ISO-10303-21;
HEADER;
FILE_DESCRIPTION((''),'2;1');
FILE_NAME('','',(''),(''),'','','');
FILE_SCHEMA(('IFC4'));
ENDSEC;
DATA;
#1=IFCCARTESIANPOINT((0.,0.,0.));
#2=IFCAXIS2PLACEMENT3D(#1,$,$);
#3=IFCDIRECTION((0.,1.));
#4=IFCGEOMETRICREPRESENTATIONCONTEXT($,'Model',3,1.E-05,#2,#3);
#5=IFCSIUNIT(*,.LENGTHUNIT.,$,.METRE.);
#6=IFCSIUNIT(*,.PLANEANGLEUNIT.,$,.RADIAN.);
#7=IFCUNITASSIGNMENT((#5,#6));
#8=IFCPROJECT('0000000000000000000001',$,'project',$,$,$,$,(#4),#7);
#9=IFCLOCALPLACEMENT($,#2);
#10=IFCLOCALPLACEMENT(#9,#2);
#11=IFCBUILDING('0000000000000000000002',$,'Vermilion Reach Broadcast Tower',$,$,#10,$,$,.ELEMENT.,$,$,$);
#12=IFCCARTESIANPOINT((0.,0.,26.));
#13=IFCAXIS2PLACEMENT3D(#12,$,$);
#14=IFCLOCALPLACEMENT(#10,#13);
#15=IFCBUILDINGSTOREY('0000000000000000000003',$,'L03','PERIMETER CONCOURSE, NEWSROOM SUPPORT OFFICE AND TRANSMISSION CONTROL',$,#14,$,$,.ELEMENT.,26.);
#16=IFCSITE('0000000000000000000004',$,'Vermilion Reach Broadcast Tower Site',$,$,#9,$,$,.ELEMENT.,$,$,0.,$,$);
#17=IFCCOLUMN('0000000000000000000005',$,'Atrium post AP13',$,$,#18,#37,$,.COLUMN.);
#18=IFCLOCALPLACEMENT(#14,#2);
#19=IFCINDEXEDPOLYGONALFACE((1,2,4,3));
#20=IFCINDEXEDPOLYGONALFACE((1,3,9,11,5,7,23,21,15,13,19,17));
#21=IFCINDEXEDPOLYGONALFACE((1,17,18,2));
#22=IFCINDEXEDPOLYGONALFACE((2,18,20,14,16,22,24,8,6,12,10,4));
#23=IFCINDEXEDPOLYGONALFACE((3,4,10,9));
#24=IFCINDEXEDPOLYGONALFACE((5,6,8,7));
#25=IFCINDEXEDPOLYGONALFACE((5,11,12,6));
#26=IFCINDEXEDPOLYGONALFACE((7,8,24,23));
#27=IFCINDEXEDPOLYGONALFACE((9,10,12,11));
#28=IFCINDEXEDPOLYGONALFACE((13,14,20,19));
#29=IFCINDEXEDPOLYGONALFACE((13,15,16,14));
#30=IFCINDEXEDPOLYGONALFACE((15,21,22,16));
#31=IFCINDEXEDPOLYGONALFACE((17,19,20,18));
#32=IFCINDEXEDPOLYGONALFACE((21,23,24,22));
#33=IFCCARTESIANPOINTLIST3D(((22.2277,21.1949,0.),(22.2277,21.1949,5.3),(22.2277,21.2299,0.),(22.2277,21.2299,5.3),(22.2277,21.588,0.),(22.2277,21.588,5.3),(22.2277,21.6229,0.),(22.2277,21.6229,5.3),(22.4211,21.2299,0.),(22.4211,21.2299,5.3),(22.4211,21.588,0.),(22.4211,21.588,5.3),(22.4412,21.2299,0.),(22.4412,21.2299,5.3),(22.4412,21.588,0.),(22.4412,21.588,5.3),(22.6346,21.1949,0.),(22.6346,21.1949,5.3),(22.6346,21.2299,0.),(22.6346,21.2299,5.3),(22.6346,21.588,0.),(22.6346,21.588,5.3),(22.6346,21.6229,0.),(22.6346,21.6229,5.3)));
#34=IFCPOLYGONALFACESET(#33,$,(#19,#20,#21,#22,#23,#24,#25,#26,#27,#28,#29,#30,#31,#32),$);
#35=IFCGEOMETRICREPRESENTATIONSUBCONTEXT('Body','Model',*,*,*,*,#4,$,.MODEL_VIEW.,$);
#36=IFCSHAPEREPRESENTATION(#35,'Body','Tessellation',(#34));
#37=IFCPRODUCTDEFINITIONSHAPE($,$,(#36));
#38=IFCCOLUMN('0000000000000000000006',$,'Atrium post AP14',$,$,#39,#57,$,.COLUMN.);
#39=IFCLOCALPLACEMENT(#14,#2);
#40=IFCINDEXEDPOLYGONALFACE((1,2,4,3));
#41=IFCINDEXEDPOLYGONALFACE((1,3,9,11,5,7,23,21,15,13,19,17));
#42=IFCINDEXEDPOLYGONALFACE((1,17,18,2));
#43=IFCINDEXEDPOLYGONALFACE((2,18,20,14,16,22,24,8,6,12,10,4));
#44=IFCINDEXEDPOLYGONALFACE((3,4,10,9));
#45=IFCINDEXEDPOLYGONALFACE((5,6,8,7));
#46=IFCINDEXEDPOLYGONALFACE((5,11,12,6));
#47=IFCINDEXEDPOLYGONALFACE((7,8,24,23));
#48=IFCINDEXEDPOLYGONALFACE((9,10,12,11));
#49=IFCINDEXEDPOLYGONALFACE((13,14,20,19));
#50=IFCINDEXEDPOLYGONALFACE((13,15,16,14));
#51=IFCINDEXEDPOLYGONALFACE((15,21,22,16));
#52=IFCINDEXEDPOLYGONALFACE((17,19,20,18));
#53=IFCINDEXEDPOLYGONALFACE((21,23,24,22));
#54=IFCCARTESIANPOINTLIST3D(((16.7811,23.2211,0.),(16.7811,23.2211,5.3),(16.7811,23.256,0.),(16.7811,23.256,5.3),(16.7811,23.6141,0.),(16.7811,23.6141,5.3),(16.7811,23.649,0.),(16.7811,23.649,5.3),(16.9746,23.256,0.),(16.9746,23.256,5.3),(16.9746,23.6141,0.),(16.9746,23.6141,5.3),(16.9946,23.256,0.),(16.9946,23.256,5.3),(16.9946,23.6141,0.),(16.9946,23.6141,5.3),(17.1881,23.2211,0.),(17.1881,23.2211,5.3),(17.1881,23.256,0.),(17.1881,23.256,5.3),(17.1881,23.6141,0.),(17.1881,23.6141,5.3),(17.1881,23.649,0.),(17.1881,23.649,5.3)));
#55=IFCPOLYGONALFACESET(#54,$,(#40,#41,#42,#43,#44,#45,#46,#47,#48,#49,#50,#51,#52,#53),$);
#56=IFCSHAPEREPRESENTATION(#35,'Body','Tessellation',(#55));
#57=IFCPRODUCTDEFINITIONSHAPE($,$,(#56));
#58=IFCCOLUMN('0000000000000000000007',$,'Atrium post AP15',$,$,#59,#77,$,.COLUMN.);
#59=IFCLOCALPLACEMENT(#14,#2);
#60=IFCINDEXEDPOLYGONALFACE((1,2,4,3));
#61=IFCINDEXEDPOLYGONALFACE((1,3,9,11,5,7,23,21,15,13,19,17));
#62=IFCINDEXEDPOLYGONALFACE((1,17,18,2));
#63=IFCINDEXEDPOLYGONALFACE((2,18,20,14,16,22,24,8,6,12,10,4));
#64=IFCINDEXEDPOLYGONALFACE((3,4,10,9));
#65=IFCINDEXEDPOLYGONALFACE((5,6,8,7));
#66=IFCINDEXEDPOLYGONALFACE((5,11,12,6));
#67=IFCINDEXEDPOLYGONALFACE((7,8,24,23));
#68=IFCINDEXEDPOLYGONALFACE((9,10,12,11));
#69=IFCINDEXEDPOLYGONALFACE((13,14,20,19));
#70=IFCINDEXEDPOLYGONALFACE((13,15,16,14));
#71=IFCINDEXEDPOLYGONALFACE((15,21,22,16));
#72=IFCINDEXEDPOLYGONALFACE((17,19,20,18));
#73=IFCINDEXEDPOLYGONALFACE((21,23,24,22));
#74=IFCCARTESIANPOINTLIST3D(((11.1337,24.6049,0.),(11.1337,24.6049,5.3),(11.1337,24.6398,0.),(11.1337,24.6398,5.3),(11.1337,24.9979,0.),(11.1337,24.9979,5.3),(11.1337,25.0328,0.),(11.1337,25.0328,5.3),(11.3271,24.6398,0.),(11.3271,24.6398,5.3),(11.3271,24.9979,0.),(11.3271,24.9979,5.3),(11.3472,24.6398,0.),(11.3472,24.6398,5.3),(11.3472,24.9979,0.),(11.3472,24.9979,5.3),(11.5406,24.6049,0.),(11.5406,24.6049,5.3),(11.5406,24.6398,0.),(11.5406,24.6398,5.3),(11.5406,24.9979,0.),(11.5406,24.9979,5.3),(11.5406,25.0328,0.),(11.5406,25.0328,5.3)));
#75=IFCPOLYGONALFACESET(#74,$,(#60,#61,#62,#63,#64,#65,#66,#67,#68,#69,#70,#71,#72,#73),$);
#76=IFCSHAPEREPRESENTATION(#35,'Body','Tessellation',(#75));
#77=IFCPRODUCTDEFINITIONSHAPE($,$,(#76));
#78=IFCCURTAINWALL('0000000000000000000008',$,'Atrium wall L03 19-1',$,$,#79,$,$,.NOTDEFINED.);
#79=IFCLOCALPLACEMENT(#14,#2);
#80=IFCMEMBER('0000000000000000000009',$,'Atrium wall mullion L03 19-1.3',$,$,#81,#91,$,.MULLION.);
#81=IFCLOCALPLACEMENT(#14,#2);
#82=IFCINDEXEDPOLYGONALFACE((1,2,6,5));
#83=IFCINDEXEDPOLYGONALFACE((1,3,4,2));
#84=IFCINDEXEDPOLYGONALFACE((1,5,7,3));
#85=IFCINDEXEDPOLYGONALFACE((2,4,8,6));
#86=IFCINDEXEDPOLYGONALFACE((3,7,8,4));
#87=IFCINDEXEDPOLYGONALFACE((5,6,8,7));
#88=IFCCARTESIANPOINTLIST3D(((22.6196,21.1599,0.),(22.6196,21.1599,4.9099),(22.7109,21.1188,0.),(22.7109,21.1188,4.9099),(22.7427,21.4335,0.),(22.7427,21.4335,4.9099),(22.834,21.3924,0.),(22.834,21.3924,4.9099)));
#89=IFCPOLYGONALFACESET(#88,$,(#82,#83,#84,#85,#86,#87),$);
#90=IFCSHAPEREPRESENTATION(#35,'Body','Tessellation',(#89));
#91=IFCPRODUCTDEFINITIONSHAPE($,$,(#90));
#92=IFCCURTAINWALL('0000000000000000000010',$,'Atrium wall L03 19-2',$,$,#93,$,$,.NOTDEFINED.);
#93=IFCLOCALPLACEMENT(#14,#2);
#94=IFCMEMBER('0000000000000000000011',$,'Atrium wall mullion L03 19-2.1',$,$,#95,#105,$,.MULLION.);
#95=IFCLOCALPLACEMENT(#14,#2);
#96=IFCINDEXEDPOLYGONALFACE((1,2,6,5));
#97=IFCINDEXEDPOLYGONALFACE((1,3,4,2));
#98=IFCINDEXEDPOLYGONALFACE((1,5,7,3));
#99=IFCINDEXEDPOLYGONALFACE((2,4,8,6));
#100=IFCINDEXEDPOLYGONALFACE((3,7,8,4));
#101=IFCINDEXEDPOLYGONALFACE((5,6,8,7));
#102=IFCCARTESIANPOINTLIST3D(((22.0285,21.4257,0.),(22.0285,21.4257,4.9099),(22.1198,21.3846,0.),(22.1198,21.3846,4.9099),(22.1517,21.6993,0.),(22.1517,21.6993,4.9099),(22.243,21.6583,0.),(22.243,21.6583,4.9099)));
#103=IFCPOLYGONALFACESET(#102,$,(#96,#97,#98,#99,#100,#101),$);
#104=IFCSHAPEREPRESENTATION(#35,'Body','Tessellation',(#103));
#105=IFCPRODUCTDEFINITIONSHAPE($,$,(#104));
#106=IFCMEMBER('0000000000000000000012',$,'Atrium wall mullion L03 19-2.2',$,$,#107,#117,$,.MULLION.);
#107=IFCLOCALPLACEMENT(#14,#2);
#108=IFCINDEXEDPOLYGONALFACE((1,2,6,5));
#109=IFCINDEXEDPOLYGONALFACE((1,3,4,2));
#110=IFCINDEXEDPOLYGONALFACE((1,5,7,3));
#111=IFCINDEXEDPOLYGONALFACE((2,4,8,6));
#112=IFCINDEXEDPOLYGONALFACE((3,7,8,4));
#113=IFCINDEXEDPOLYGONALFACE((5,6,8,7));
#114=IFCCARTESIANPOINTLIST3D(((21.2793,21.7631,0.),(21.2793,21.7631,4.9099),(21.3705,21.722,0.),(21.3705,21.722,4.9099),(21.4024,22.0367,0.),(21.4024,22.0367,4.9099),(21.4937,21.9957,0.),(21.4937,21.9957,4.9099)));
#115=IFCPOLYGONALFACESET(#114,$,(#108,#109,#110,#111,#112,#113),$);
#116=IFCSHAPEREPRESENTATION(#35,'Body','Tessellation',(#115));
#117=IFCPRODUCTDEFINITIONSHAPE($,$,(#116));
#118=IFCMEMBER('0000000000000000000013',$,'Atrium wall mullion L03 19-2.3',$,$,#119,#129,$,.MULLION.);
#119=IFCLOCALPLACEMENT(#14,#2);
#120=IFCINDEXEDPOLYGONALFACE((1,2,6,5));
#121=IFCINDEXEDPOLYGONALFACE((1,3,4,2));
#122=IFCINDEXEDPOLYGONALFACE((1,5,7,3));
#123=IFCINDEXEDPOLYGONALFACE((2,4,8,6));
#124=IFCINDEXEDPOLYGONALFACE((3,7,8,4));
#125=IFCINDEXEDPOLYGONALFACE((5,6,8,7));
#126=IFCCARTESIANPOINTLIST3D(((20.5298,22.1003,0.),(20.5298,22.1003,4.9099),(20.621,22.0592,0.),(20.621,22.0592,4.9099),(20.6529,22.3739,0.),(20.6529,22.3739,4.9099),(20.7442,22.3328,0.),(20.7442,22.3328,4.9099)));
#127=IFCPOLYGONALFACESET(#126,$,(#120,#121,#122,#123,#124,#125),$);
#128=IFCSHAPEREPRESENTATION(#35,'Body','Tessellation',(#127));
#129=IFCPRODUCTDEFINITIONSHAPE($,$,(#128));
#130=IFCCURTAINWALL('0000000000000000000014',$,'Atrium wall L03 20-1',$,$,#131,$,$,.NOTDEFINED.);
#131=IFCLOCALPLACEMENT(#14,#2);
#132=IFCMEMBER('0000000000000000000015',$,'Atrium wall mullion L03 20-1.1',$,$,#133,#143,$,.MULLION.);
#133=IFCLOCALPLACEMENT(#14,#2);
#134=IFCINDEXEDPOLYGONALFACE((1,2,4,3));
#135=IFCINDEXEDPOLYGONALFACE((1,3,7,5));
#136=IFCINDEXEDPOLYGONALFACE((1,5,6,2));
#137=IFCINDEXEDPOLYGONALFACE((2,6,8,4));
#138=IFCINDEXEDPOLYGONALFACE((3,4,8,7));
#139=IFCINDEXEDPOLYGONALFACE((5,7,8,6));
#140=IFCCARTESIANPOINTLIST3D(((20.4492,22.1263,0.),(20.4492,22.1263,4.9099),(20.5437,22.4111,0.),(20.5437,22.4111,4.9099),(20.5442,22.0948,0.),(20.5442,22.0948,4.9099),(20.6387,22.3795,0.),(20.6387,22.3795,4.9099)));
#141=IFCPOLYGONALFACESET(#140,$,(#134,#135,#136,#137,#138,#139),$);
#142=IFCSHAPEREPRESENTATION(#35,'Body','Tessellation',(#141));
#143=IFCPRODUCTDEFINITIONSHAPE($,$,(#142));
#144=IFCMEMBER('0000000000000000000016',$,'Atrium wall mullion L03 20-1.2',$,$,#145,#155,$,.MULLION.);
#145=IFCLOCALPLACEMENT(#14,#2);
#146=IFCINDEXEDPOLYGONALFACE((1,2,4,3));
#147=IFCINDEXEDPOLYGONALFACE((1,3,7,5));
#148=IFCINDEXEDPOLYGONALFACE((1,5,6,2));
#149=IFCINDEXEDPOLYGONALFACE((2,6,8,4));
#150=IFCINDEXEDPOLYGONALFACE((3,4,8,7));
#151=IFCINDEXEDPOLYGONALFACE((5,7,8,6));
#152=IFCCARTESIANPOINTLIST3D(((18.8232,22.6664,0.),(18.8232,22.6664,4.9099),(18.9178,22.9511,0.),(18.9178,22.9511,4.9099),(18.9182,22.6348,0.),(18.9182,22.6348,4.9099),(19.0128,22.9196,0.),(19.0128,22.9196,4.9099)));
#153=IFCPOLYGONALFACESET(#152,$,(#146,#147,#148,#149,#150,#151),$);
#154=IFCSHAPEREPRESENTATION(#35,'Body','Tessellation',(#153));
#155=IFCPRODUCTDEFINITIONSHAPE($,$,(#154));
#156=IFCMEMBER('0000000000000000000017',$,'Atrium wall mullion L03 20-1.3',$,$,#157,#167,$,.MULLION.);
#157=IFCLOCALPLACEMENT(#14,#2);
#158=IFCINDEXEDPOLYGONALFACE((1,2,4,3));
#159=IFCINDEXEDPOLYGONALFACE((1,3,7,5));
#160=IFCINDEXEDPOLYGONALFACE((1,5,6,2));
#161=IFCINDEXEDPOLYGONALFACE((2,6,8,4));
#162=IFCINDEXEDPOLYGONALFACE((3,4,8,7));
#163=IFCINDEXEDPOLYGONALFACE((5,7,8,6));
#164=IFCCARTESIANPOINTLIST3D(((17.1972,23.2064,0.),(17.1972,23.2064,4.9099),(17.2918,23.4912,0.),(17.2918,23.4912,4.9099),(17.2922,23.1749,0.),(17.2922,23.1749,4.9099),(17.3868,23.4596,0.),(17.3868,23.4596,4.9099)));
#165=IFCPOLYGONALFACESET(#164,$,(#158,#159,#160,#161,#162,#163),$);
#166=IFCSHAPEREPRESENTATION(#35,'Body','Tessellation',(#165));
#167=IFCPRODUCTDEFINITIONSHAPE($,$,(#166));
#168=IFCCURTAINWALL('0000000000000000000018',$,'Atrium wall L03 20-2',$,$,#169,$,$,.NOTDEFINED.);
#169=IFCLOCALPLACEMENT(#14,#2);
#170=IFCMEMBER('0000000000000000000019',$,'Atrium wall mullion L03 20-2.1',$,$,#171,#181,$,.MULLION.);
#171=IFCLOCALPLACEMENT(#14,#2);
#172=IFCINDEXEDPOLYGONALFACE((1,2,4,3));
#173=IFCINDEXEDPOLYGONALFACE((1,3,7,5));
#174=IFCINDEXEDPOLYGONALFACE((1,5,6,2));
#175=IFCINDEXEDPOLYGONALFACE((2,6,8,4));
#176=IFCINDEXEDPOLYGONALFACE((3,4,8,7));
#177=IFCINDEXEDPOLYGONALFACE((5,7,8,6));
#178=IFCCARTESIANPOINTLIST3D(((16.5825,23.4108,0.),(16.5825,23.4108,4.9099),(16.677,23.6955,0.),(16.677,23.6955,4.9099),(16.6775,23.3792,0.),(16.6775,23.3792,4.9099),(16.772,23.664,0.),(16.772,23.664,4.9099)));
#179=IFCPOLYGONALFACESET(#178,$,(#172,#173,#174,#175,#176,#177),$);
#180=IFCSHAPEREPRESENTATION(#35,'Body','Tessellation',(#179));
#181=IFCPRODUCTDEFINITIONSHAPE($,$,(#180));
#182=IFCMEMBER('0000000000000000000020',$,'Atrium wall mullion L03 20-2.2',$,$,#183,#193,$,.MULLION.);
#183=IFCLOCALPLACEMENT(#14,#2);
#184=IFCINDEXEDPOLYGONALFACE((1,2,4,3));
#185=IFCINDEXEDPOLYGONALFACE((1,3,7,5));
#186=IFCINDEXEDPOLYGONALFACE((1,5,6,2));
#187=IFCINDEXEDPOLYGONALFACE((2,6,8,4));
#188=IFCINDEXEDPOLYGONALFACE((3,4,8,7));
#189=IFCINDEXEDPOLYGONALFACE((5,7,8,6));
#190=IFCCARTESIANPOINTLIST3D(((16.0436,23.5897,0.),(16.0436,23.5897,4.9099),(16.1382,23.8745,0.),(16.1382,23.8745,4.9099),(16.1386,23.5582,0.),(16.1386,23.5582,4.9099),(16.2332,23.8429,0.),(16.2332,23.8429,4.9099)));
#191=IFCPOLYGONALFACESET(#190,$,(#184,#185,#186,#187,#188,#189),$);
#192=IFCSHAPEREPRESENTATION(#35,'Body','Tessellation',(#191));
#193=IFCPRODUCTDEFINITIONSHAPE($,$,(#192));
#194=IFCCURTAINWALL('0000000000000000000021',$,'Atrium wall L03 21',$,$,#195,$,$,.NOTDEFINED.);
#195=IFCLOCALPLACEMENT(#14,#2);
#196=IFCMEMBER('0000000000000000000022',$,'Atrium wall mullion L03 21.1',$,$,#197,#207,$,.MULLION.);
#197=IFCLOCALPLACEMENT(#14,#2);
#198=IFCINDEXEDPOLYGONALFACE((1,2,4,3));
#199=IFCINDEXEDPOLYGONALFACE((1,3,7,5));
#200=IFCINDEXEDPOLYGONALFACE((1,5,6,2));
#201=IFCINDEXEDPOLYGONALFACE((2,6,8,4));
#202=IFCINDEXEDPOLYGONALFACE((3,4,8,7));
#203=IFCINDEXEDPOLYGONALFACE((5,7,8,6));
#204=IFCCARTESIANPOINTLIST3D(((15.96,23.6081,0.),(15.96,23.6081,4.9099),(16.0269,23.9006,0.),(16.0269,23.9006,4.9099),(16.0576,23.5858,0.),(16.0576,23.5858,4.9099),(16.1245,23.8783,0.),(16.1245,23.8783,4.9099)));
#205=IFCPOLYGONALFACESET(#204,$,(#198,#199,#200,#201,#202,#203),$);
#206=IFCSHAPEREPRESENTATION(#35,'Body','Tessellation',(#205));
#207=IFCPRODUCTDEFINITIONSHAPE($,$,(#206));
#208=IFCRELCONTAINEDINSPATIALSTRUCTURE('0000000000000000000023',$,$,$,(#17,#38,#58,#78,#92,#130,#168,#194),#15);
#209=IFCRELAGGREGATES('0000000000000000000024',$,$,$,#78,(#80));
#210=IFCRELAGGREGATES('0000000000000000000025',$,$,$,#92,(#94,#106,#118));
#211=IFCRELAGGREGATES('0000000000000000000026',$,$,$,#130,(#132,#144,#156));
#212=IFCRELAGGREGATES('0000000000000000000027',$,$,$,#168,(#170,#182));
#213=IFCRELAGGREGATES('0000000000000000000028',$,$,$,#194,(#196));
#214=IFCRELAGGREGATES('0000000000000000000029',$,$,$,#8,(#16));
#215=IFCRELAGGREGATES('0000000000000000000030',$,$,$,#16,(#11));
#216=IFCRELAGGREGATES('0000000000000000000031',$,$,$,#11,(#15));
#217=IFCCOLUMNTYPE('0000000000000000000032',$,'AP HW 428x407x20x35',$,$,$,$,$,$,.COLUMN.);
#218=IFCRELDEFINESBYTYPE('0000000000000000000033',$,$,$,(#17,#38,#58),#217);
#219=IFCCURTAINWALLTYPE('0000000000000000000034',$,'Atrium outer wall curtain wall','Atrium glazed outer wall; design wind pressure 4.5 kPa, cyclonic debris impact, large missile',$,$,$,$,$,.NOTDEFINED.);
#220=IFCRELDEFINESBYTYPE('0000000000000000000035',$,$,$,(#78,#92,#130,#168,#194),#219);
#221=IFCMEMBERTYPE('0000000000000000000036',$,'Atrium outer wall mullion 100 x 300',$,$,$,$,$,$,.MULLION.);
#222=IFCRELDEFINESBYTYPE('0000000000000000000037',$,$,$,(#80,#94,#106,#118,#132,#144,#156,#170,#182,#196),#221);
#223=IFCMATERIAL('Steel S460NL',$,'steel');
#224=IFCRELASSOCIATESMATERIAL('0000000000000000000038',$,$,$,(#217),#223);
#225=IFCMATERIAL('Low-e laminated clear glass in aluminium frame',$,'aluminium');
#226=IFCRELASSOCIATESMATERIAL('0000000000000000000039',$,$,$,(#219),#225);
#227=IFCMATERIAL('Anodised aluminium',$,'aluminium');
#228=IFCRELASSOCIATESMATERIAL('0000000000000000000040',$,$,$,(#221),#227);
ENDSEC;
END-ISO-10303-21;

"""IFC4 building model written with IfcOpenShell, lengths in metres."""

from ifc_helpers import new_model, si_unit, direction, frame, origin, origin_2d, place, context, subcontext, project, spatial, rectangle, i_section, extrude, material, material_profile, profile_set, type_object, element, aggregate, save


model = new_model("IFC4")

# Units and contexts
model_context = context("Model", 3, precision=1e-05, world=origin(), true_north=direction((0.0, 1.0)))
body_context = subcontext(model_context, "Body", "Model", "MODEL_VIEW")
ifc_project = project(units=[si_unit("LENGTHUNIT", "METRE"), si_unit("PLANEANGLEUNIT", "RADIAN")], contexts=[model_context])

# Site, building, storey
site_placement = place(None, origin())
site = spatial("IfcSite", under=ifc_project, at=site_placement, Name="Vermilion Reach Broadcast Tower Site", CompositionType="ELEMENT", RefElevation=0.0)
building_placement = place(site_placement, origin())
building = spatial("IfcBuilding", under=site, at=building_placement, Name="Vermilion Reach Broadcast Tower", CompositionType="ELEMENT")
storey_placement = place(building_placement, frame((0.0, 0.0, 26.0)))
storey = spatial("IfcBuildingStorey", under=building, at=storey_placement, Name="L03", Description="PERIMETER CONCOURSE, NEWSROOM SUPPORT OFFICE AND TRANSMISSION CONTROL", CompositionType="ELEMENT", Elevation=26.0)

# Columns
ifc_material_1 = material(Name="Steel S460NL", Category="steel")
ifc_material_profile_1 = material_profile(ifc_material_1, i_section(OverallWidth=0.407, OverallDepth=0.428, WebThickness=0.02, FlangeThickness=0.0349, at=origin_2d()), Name="S460NL HW 428x407x20x35")
ifc_profile_set_1 = profile_set([ifc_material_profile_1], Name="Steel S460NL")
column_type = type_object("IfcColumnType", Name="AP HW 428x407x20x35", PredefinedType="COLUMN", material=ifc_profile_set_1)
for number, where, z_axis, x_axis, name in (
    (1, (22.4312, 21.4089, 0.0), (0.0, 0.0, 1.0), (1.0, 0.0, 0.0), "Atrium post AP13"),
    (2, (16.9846, 23.4351, 0.0), (0.0, 0.0, 1.0), (1.0, 0.0, 0.0), "Atrium post AP14"),
    (3, (11.3372, 24.8188, 0.0), (0.0, 0.0, 1.0), (1.0, 0.0, 0.0), "Atrium post AP15"),
):
    element("IfcColumn", number, at=place(storey_placement, frame(where, z_axis=z_axis, x_axis=x_axis)), inside=storey, type_object=column_type, Name=name, PredefinedType="COLUMN", context=body_context, shape_type="SweptSolid", body=[
        extrude(i_section(OverallWidth=0.407, OverallDepth=0.428, WebThickness=0.02, FlangeThickness=0.0349, at=origin_2d()), origin(), (0.0, 0.0, 1.0), 5.3),
    ])

# Curtain wall, member
ifc_material_2 = material(Name="Low-e laminated clear glass in aluminium frame", Category="aluminium")
curtain_wall_type = type_object("IfcCurtainWallType", Name="Atrium outer wall curtain wall", Description="Atrium glazed outer wall; design wind pressure 4.5 kPa, cyclonic debris impact, large missile", PredefinedType="NOTDEFINED", material=ifc_material_2)
placement = place(storey_placement, origin())
curtain_wall_1 = element("IfcCurtainWall", 4, at=placement, inside=storey, type_object=curtain_wall_type, Name="Atrium wall L03 19-1", PredefinedType="NOTDEFINED")
ifc_material_3 = material(Name="Anodised aluminium", Category="aluminium")
ifc_material_profile_2 = material_profile(ifc_material_3, rectangle(XDim=0.3, YDim=0.1001, at=origin_2d()), Name="Atrium outer wall mullion 100 x 300")
ifc_profile_set_2 = profile_set([ifc_material_profile_2], Name="Anodised aluminium")
member_type_1 = type_object("IfcMemberType", Name="Atrium outer wall mullion 100 x 300", PredefinedType="MULLION", material=ifc_profile_set_2)
member_1_placement = place(storey_placement, frame((22.7268, 21.2761, 0.0), z_axis=(0.0, 0.0, 1.0), x_axis=(-0.410408, -0.911902, 0.0)))
member_1 = element("IfcMember", 5, at=member_1_placement, type_object=member_type_1, Name="Atrium wall mullion L03 19-1.3", PredefinedType="MULLION", context=body_context, shape_type="SweptSolid", body=[
    extrude(rectangle(XDim=0.3, YDim=0.1001, at=origin_2d()), origin(), (0.0, 0.0, 1.0), 4.9099),
])
aggregate(curtain_wall_1, [member_1])

# Curtain walls, members
curtain_wall_2 = element("IfcCurtainWall", 6, at=placement, inside=storey, type_object=curtain_wall_type, Name="Atrium wall L03 19-2", PredefinedType="NOTDEFINED")
member_2_placement = place(storey_placement, frame((22.1357, 21.542, 0.0), z_axis=(0.0, 0.0, 1.0), x_axis=(-0.410408, -0.911902, 0.0)))
member_2 = element("IfcMember", 7, at=member_2_placement, type_object=member_type_1, Name="Atrium wall mullion L03 19-2.1", PredefinedType="MULLION", context=body_context, shape_type="SweptSolid", body=[
    extrude(rectangle(XDim=0.3, YDim=0.1001, at=origin_2d()), origin(), (0.0, 0.0, 1.0), 4.9099),
])
member_3_placement = place(storey_placement, frame((21.3865, 21.8794, 0.0), z_axis=(0.0, 0.0, 1.0), x_axis=(-0.410408, -0.911902, 0.0)))
member_3 = element("IfcMember", 8, at=member_3_placement, type_object=member_type_1, Name="Atrium wall mullion L03 19-2.2", PredefinedType="MULLION", context=body_context, shape_type="SweptSolid", body=[
    extrude(rectangle(XDim=0.3, YDim=0.1001, at=origin_2d()), origin(), (0.0, 0.0, 1.0), 4.9099),
])
member_4_placement = place(storey_placement, frame((20.637, 22.2166, 0.0), z_axis=(0.0, 0.0, 1.0), x_axis=(-0.410408, -0.911902, 0.0)))
member_4 = element("IfcMember", 9, at=member_4_placement, type_object=member_type_1, Name="Atrium wall mullion L03 19-2.3", PredefinedType="MULLION", context=body_context, shape_type="SweptSolid", body=[
    extrude(rectangle(XDim=0.3, YDim=0.1001, at=origin_2d()), origin(), (0.0, 0.0, 1.0), 4.9099),
])
curtain_wall_3 = element("IfcCurtainWall", 10, at=placement, inside=storey, type_object=curtain_wall_type, Name="Atrium wall L03 20-1", PredefinedType="NOTDEFINED")
member_5_placement = place(storey_placement, frame((20.5439, 22.2529, 0.0), z_axis=(0.0, 0.0, 1.0), x_axis=(-0.315228, -0.949016, 0.0)))
member_5 = element("IfcMember", 11, at=member_5_placement, type_object=member_type_1, Name="Atrium wall mullion L03 20-1.1", PredefinedType="MULLION", context=body_context, shape_type="SweptSolid", body=[
    extrude(rectangle(XDim=0.3, YDim=0.1001, at=origin_2d()), origin(), (0.0, 0.0, 1.0), 4.9099),
])
member_6_placement = place(storey_placement, frame((18.918, 22.793, 0.0), z_axis=(0.0, 0.0, 1.0), x_axis=(-0.315228, -0.949016, 0.0)))
member_6 = element("IfcMember", 12, at=member_6_placement, type_object=member_type_1, Name="Atrium wall mullion L03 20-1.2", PredefinedType="MULLION", context=body_context, shape_type="SweptSolid", body=[
    extrude(rectangle(XDim=0.3, YDim=0.1001, at=origin_2d()), origin(), (0.0, 0.0, 1.0), 4.9099),
])
member_7_placement = place(storey_placement, frame((17.292, 23.333, 0.0), z_axis=(0.0, 0.0, 1.0), x_axis=(-0.315228, -0.949016, 0.0)))
member_7 = element("IfcMember", 13, at=member_7_placement, type_object=member_type_1, Name="Atrium wall mullion L03 20-1.3", PredefinedType="MULLION", context=body_context, shape_type="SweptSolid", body=[
    extrude(rectangle(XDim=0.3, YDim=0.1001, at=origin_2d()), origin(), (0.0, 0.0, 1.0), 4.9099),
])
curtain_wall_4 = element("IfcCurtainWall", 14, at=placement, inside=storey, type_object=curtain_wall_type, Name="Atrium wall L03 20-2", PredefinedType="NOTDEFINED")
member_8_placement = place(storey_placement, frame((16.6772, 23.5374, 0.0), z_axis=(0.0, 0.0, 1.0), x_axis=(-0.315228, -0.949016, 0.0)))
member_8 = element("IfcMember", 15, at=member_8_placement, type_object=member_type_1, Name="Atrium wall mullion L03 20-2.1", PredefinedType="MULLION", context=body_context, shape_type="SweptSolid", body=[
    extrude(rectangle(XDim=0.3, YDim=0.1001, at=origin_2d()), origin(), (0.0, 0.0, 1.0), 4.9099),
])
member_9_placement = place(storey_placement, frame((16.1384, 23.7163, 0.0), z_axis=(0.0, 0.0, 1.0), x_axis=(-0.315228, -0.949016, 0.0)))
member_9 = element("IfcMember", 16, at=member_9_placement, type_object=member_type_1, Name="Atrium wall mullion L03 20-2.2", PredefinedType="MULLION", context=body_context, shape_type="SweptSolid", body=[
    extrude(rectangle(XDim=0.3, YDim=0.1001, at=origin_2d()), origin(), (0.0, 0.0, 1.0), 4.9099),
])
curtain_wall_5 = element("IfcCurtainWall", 17, at=placement, inside=storey, type_object=curtain_wall_type, Name="Atrium wall L03 21", PredefinedType="NOTDEFINED")
member_10_placement = place(storey_placement, frame((16.0422, 23.7432, 0.0), z_axis=(0.0, 0.0, 1.0), x_axis=(-0.222892, -0.974843, 0.0)))
member_10 = element("IfcMember", 18, at=member_10_placement, type_object=member_type_1, Name="Atrium wall mullion L03 21.1", PredefinedType="MULLION", context=body_context, shape_type="SweptSolid", body=[
    extrude(rectangle(XDim=0.3, YDim=0.1001, at=origin_2d()), origin(), (0.0, 0.0, 1.0), 4.9099),
])

aggregate(curtain_wall_2, [member_2, member_3, member_4])
aggregate(curtain_wall_3, [member_5, member_6, member_7])
aggregate(curtain_wall_4, [member_8, member_9])
aggregate(curtain_wall_5, [member_10])

save(model, "model.ifc")
